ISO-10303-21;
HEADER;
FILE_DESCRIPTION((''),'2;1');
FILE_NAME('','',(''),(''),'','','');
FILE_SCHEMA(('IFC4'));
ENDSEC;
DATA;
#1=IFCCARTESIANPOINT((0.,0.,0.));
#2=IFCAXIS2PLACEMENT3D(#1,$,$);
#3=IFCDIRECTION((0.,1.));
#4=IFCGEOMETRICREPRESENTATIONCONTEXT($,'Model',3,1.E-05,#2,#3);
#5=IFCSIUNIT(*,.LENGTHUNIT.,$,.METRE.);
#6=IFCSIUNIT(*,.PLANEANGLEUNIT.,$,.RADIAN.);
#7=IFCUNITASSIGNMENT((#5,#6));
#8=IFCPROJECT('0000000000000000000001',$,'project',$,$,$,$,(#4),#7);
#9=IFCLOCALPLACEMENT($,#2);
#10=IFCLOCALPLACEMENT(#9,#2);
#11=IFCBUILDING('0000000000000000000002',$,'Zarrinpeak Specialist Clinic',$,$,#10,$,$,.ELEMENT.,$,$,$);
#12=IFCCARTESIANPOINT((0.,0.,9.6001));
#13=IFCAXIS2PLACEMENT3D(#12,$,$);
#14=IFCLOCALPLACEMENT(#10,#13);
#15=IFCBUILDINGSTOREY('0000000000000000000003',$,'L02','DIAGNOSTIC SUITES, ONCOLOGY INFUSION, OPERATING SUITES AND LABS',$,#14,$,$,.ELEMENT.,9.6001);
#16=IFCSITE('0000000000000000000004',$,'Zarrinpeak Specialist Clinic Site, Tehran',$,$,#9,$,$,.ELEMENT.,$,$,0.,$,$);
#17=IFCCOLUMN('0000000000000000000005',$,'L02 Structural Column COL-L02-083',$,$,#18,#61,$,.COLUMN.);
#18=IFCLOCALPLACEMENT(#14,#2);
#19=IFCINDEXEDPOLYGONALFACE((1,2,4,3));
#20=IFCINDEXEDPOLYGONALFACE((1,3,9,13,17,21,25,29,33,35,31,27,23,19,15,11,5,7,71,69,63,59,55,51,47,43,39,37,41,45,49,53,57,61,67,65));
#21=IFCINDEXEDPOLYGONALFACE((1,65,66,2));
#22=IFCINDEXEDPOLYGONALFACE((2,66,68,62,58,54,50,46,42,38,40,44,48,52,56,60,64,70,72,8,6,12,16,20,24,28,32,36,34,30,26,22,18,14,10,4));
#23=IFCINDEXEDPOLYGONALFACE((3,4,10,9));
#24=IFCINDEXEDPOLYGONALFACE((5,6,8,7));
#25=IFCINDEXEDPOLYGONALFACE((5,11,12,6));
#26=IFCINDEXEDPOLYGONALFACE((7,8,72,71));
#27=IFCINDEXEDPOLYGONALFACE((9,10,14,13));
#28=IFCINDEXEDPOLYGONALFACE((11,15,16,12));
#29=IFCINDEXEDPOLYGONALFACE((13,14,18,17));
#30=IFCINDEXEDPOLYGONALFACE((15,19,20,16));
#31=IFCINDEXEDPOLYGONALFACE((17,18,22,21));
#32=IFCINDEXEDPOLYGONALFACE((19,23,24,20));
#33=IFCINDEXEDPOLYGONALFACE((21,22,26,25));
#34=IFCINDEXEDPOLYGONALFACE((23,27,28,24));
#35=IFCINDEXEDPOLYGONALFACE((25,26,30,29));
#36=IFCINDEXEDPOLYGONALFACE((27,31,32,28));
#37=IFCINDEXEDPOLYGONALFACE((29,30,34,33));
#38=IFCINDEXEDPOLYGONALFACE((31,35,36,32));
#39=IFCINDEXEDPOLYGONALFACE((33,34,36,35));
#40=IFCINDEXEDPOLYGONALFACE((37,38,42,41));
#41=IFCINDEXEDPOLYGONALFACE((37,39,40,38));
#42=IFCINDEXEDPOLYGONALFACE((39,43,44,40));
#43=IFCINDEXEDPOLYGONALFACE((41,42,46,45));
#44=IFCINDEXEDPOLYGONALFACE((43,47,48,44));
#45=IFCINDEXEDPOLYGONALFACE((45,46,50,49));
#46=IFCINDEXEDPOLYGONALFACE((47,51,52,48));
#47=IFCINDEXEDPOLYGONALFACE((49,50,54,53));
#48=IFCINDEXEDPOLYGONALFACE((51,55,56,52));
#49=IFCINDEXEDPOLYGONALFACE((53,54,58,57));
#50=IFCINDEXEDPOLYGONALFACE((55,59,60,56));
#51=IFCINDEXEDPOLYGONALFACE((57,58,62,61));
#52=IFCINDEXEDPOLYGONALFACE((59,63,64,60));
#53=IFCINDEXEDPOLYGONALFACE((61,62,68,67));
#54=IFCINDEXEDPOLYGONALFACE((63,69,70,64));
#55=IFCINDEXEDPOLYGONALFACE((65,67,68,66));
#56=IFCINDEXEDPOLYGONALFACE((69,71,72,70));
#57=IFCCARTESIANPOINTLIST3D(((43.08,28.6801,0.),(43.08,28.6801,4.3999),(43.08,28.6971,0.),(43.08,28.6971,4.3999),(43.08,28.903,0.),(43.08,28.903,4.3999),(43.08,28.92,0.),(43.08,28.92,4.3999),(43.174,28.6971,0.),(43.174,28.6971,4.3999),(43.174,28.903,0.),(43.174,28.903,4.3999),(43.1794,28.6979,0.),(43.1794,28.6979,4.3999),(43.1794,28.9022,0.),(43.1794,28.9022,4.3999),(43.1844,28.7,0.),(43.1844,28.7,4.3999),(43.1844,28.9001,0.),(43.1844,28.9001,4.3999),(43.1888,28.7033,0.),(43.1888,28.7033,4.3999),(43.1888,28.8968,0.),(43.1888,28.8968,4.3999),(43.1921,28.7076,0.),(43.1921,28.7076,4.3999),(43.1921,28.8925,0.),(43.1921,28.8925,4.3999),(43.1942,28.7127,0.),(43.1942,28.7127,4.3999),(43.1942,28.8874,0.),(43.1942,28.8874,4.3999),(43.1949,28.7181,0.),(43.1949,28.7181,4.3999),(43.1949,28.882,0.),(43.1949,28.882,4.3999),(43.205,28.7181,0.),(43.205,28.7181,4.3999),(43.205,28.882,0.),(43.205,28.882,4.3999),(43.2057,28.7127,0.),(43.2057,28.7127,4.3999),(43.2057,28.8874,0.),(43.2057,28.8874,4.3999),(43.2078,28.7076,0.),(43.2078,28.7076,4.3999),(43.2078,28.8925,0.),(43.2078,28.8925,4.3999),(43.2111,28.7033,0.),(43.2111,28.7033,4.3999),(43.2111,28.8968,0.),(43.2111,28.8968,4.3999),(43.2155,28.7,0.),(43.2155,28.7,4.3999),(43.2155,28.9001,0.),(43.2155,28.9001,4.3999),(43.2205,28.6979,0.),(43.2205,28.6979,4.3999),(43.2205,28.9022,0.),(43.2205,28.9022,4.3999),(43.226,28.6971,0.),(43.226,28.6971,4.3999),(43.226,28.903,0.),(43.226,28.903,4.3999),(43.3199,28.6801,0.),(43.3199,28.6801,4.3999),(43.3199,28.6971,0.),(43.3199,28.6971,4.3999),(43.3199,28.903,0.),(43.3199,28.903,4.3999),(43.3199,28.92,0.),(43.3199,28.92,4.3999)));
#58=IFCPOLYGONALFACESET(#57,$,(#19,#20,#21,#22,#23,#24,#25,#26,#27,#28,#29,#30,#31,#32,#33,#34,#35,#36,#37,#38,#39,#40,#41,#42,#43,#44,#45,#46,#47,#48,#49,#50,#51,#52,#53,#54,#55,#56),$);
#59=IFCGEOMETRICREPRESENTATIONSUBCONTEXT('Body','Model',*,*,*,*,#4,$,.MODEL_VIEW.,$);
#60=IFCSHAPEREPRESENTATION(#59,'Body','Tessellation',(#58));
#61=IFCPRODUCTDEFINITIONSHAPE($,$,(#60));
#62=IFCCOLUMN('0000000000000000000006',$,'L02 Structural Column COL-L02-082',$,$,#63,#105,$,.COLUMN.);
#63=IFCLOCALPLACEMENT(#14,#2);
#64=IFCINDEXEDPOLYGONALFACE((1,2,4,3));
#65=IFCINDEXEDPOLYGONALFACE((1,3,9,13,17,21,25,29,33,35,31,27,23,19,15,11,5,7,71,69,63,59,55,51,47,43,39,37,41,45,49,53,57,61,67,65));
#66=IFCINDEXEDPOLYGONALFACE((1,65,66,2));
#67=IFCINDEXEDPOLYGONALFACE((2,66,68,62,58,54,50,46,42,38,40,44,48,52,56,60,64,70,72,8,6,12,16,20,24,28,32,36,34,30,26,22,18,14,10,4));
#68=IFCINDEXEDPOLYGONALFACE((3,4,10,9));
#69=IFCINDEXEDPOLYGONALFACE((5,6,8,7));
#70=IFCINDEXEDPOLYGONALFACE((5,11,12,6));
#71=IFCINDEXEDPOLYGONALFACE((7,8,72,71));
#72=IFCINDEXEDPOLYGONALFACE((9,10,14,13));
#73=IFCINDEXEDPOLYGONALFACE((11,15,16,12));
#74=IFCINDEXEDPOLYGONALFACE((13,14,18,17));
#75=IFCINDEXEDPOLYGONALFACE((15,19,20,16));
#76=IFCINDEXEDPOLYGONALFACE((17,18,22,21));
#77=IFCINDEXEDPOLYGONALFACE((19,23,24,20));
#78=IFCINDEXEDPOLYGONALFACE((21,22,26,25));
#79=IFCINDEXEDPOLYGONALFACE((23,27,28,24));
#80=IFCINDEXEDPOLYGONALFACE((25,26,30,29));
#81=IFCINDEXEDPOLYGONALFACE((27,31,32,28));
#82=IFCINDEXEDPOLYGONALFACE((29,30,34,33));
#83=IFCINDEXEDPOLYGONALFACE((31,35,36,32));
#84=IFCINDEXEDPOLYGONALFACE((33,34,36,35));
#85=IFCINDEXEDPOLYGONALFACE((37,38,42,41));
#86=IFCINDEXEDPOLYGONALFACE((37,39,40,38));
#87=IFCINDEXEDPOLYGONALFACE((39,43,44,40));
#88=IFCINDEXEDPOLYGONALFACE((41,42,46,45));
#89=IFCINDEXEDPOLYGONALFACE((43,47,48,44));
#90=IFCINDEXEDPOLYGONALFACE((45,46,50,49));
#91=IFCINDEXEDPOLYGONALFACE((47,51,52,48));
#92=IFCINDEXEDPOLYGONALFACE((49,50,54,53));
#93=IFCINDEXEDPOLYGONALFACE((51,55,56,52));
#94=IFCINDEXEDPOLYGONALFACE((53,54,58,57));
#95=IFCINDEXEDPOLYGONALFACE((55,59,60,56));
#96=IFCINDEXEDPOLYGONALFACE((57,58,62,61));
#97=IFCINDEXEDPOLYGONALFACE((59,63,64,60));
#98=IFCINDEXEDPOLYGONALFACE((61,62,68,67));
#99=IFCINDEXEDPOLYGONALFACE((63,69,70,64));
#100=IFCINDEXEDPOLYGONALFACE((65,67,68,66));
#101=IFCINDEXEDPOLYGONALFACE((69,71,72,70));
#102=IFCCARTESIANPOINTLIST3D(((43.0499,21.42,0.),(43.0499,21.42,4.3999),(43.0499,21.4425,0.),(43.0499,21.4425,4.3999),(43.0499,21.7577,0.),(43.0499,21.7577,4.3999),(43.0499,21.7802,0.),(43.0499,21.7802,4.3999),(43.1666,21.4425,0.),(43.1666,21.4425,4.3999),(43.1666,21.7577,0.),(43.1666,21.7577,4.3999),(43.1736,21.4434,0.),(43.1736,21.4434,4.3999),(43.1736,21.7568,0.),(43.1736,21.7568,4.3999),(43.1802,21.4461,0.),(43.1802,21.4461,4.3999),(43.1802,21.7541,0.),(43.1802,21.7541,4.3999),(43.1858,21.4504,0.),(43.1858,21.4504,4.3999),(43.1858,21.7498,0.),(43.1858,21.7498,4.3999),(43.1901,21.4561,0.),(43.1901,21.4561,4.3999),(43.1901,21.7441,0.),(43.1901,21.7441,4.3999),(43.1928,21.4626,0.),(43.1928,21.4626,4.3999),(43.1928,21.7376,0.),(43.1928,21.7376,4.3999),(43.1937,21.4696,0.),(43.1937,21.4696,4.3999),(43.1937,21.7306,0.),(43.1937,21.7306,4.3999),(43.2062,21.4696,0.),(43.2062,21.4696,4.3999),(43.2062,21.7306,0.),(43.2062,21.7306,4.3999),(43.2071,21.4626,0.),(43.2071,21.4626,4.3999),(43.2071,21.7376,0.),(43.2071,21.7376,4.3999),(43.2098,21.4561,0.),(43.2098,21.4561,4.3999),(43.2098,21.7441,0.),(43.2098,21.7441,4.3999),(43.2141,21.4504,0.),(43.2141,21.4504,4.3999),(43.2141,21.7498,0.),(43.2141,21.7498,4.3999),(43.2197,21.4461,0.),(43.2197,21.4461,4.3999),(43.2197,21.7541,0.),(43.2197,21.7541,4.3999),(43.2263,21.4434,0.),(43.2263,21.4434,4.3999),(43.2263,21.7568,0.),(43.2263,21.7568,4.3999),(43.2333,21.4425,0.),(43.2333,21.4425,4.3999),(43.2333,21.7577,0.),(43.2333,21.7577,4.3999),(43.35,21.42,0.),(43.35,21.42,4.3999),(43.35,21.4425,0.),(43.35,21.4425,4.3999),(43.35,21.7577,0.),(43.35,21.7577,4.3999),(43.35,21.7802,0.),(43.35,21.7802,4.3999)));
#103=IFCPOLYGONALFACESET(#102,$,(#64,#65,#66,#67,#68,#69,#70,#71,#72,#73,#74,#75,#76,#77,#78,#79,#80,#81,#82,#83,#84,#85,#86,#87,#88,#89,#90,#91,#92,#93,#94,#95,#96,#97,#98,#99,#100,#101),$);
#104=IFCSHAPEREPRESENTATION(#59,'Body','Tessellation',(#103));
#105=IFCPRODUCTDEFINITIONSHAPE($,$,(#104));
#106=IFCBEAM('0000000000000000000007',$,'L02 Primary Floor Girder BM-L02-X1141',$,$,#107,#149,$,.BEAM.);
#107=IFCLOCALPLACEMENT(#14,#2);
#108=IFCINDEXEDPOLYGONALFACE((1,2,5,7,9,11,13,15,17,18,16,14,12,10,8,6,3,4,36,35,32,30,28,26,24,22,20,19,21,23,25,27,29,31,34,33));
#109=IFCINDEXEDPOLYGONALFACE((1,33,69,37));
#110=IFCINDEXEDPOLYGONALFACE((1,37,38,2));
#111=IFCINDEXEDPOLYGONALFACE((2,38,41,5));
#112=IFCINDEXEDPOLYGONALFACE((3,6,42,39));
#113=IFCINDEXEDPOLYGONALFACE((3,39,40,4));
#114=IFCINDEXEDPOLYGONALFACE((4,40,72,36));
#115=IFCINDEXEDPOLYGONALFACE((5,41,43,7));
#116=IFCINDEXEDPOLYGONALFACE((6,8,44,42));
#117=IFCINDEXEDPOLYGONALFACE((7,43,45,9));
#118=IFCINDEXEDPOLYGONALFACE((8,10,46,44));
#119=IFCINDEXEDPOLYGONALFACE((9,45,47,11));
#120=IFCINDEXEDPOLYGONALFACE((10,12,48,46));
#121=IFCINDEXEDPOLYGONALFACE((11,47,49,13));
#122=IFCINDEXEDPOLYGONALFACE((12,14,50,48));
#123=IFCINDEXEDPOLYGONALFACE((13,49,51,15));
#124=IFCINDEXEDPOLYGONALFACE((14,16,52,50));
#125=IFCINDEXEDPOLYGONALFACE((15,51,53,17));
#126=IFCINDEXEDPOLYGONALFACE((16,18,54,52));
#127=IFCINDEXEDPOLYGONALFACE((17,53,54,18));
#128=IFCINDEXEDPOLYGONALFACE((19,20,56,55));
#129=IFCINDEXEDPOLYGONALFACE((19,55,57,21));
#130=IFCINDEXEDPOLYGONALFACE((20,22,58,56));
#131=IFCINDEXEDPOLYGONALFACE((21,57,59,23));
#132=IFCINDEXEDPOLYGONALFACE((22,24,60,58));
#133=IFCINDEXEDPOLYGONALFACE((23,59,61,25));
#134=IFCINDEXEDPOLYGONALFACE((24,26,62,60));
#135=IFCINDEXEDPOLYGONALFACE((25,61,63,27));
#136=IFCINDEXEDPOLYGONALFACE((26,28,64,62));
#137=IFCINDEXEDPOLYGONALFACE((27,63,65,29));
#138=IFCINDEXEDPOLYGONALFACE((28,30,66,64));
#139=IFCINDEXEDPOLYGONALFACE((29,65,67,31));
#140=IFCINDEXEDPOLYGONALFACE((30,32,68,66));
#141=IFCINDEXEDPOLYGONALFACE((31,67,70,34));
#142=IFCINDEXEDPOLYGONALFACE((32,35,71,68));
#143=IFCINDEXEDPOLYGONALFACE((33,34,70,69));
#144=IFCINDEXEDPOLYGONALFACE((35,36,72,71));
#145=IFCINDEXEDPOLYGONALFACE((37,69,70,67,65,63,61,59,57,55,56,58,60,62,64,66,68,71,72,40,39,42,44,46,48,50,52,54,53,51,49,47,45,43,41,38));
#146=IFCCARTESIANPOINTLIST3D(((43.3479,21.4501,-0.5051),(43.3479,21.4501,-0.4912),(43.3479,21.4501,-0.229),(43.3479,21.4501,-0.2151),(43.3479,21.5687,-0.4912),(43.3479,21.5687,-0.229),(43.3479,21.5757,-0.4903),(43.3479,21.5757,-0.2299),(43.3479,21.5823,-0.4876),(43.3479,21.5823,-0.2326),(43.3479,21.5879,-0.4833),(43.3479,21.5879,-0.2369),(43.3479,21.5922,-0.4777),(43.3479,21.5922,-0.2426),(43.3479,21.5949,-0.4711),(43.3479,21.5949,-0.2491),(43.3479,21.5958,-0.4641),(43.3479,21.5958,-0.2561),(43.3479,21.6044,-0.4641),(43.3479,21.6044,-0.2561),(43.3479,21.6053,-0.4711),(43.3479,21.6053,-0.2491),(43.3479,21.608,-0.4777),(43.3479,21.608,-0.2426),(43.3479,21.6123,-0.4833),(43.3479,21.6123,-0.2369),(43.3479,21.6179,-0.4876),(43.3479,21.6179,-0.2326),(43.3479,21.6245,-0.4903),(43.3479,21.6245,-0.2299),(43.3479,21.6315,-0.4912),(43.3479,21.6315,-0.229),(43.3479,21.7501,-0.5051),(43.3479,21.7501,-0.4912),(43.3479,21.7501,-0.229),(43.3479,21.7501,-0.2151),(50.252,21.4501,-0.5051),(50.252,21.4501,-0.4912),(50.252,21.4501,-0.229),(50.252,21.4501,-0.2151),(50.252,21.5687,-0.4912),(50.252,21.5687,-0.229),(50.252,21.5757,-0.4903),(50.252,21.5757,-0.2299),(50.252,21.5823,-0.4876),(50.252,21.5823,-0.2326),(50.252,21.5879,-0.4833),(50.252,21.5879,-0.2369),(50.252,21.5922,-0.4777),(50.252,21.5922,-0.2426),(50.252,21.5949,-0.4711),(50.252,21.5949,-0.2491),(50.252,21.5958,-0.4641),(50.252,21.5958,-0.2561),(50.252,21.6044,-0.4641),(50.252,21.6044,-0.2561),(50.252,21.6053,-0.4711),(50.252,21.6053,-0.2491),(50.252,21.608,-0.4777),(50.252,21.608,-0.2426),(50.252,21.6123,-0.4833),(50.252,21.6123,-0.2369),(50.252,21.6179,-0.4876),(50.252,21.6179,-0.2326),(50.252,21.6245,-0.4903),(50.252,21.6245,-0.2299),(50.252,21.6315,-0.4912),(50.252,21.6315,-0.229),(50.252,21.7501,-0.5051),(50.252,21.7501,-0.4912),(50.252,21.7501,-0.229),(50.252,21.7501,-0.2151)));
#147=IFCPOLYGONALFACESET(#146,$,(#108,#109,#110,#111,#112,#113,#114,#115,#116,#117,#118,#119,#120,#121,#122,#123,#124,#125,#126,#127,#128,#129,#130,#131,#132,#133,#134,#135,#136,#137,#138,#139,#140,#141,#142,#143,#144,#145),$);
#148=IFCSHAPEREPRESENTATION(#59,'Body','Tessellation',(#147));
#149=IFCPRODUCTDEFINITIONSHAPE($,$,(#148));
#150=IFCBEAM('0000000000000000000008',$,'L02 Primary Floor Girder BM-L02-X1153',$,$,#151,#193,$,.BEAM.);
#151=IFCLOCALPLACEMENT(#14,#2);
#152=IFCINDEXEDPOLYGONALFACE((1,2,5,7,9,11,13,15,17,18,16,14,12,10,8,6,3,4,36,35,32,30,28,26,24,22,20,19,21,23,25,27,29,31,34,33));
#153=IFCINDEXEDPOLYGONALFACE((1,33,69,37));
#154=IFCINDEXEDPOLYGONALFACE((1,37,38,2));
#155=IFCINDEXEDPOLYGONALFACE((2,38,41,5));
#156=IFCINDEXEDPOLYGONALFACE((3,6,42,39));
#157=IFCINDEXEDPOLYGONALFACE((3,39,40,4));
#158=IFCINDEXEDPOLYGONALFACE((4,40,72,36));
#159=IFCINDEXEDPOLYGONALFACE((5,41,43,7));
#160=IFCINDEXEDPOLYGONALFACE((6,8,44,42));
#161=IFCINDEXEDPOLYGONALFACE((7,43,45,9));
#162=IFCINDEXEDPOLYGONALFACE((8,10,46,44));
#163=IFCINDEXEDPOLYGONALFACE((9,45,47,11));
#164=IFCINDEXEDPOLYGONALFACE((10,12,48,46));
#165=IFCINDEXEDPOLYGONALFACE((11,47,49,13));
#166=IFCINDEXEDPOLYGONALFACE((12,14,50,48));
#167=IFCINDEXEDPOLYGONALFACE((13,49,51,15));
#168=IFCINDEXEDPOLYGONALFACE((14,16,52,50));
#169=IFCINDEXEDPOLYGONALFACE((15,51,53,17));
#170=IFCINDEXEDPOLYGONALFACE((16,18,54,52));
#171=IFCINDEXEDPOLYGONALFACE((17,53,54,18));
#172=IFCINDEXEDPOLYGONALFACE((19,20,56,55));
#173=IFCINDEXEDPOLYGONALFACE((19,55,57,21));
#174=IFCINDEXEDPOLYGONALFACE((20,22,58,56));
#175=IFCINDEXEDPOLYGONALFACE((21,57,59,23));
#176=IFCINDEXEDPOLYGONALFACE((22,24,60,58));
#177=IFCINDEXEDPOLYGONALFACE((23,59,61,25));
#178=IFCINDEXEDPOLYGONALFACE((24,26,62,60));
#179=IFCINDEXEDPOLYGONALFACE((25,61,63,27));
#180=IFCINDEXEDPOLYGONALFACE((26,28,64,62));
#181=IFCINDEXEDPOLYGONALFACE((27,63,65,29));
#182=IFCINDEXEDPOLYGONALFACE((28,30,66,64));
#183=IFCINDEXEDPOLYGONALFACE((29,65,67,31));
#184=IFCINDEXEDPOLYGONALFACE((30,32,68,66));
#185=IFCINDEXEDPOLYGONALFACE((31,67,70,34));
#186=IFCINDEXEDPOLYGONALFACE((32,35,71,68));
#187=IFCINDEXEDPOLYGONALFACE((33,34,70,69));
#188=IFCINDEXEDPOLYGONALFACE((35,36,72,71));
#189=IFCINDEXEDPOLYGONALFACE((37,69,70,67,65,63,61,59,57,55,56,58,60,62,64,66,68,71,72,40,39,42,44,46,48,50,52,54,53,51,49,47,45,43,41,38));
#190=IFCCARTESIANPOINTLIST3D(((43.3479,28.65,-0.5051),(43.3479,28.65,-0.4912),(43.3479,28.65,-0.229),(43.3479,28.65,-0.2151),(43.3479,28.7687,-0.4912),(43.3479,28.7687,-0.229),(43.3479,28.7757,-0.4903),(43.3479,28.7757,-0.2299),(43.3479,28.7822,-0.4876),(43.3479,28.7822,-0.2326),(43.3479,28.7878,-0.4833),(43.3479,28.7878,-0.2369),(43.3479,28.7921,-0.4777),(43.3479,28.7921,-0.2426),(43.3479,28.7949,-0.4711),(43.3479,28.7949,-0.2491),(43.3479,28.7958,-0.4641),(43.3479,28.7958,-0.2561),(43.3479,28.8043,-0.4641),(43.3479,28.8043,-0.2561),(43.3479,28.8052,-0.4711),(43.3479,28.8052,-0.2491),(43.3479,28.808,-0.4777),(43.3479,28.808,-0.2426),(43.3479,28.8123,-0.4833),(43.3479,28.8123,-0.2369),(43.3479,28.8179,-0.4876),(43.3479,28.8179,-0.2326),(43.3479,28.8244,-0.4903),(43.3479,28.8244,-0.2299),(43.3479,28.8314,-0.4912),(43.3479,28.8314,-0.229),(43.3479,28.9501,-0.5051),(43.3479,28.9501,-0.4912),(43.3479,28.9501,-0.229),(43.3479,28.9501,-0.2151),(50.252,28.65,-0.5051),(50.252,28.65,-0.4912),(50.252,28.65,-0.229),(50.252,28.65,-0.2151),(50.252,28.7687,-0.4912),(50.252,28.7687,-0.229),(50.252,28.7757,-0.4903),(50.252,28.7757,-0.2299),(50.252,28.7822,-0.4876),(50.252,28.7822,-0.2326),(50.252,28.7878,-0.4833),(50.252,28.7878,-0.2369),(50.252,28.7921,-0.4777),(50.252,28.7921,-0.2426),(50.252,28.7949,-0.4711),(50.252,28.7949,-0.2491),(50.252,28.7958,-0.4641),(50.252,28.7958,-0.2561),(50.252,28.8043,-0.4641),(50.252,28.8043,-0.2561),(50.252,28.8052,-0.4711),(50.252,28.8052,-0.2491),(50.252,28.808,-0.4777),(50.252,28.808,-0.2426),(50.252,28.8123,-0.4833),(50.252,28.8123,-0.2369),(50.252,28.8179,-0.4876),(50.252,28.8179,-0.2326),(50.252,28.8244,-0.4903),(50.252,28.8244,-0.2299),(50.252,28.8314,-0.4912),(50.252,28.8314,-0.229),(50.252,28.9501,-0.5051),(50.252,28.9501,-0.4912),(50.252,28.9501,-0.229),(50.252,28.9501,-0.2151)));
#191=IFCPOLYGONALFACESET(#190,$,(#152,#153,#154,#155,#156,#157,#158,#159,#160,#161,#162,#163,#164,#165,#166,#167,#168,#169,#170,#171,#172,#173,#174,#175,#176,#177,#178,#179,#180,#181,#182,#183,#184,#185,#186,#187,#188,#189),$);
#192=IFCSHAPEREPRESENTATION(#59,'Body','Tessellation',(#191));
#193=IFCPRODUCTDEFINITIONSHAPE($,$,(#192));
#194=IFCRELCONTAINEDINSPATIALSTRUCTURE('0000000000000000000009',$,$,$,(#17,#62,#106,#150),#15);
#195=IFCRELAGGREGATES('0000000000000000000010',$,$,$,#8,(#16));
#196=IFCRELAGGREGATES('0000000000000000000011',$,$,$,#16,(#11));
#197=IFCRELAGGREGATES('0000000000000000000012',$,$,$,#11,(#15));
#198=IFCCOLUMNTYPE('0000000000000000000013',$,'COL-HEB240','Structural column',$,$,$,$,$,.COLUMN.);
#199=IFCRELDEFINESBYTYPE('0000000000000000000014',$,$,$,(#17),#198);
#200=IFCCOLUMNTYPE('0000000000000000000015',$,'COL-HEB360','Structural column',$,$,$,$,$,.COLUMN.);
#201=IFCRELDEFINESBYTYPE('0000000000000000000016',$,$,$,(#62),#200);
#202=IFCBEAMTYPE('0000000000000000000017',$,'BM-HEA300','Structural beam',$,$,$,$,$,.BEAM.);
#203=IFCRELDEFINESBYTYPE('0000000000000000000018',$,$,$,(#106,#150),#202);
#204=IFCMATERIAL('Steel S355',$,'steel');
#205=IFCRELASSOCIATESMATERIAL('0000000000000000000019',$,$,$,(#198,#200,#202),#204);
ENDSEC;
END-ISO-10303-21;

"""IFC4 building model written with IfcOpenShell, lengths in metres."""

from ifc_helpers import new_model, si_unit, direction, frame, origin, origin_2d, place, context, subcontext, project, spatial, i_section, extrude, material, material_profile, profile_set, type_object, element, save


model = new_model("IFC4")

# Units and contexts
model_context = context("Model", 3, precision=1e-05, world=origin(), true_north=direction((0.0, 1.0)))
body_context = subcontext(model_context, "Body", "Model", "MODEL_VIEW")
ifc_project = project(units=[si_unit("LENGTHUNIT", "METRE"), si_unit("PLANEANGLEUNIT", "RADIAN")], contexts=[model_context])

# Site, building, storey
site_placement = place(None, origin())
site = spatial("IfcSite", under=ifc_project, at=site_placement, Name="Zarrinpeak Specialist Clinic Site, Tehran", CompositionType="ELEMENT", RefElevation=0.0)
building_placement = place(site_placement, origin())
building = spatial("IfcBuilding", under=site, at=building_placement, Name="Zarrinpeak Specialist Clinic", CompositionType="ELEMENT")
storey_placement = place(building_placement, frame((0.0, 0.0, 9.6001)))
storey = spatial("IfcBuildingStorey", under=building, at=storey_placement, Name="L02", Description="DIAGNOSTIC SUITES, ONCOLOGY INFUSION, OPERATING SUITES AND LABS", CompositionType="ELEMENT", Elevation=9.6001)

# Columns
ifc_material_1 = material(Name="Steel S355", Category="steel")
ifc_material_profile_1 = material_profile(ifc_material_1, i_section(OverallWidth=0.24, OverallDepth=0.24, WebThickness=0.01, FlangeThickness=0.0171, FilletRadius=0.021, at=origin_2d()), Name="HEB 240")
ifc_profile_set_1 = profile_set([ifc_material_profile_1], Name="Steel S355")
column_type_1 = type_object("IfcColumnType", Name="COL-HEB240", Description="Structural column", PredefinedType="COLUMN", material=ifc_profile_set_1)
column_1_placement = place(storey_placement, frame((43.2, 28.8, 0.0), z_axis=(0.0, 0.0, 1.0), x_axis=(1.0, 0.0, 0.0)))
element("IfcColumn", 1, at=column_1_placement, inside=storey, type_object=column_type_1, Name="L02 Structural Column COL-L02-083", PredefinedType="COLUMN", context=body_context, shape_type="SweptSolid", body=[
    extrude(i_section(OverallWidth=0.24, OverallDepth=0.24, WebThickness=0.01, FlangeThickness=0.0171, FilletRadius=0.021, at=origin_2d()), origin(), (0.0, 0.0, 1.0), 4.3999),
])
ifc_material_profile_2 = material_profile(ifc_material_1, i_section(OverallWidth=0.3, OverallDepth=0.3601, WebThickness=0.0125, FlangeThickness=0.0225, FilletRadius=0.0271, at=origin_2d()), Name="HEB 360")
ifc_profile_set_2 = profile_set([ifc_material_profile_2], Name="Steel S355")
column_type_2 = type_object("IfcColumnType", Name="COL-HEB360", Description="Structural column", PredefinedType="COLUMN", material=ifc_profile_set_2)
column_2_placement = place(storey_placement, frame((43.2, 21.6001, 0.0), z_axis=(0.0, 0.0, 1.0), x_axis=(1.0, 0.0, 0.0)))
element("IfcColumn", 2, at=column_2_placement, inside=storey, type_object=column_type_2, Name="L02 Structural Column COL-L02-082", PredefinedType="COLUMN", context=body_context, shape_type="SweptSolid", body=[
    extrude(i_section(OverallWidth=0.3, OverallDepth=0.3601, WebThickness=0.0125, FlangeThickness=0.0225, FilletRadius=0.0271, at=origin_2d()), origin(), (0.0, 0.0, 1.0), 4.3999),
])

# Beams
ifc_material_profile_3 = material_profile(ifc_material_1, i_section(OverallWidth=0.3, OverallDepth=0.29, WebThickness=0.0085, FlangeThickness=0.0139, FilletRadius=0.0271, at=origin_2d()), Name="HEA 300")
ifc_profile_set_3 = profile_set([ifc_material_profile_3], Name="Steel S355")
beam_type_1 = type_object("IfcBeamType", Name="BM-HEA300", Description="Structural beam", PredefinedType="BEAM", material=ifc_profile_set_3)
for number, where, z_axis, x_axis, name in (
    (3, (43.3479, 21.6001, -0.3601), (1.0, 0.0, 0.0), (0.0, 1.0, 0.0), "L02 Primary Floor Girder BM-L02-X1141"),
    (4, (43.3479, 28.8, -0.3601), (1.0, 0.0, 0.0), (0.0, 1.0, 0.0), "L02 Primary Floor Girder BM-L02-X1153"),
):
    element("IfcBeam", number, at=place(storey_placement, frame(where, z_axis=z_axis, x_axis=x_axis)), inside=storey, type_object=beam_type_1, Name=name, PredefinedType="BEAM", context=body_context, shape_type="SweptSolid", body=[
        extrude(i_section(OverallWidth=0.3, OverallDepth=0.29, WebThickness=0.0085, FlangeThickness=0.0139, FilletRadius=0.0271, at=origin_2d()), origin(), (0.0, 0.0, 1.0), 6.9041),
    ])

save(model, "model.ifc")
